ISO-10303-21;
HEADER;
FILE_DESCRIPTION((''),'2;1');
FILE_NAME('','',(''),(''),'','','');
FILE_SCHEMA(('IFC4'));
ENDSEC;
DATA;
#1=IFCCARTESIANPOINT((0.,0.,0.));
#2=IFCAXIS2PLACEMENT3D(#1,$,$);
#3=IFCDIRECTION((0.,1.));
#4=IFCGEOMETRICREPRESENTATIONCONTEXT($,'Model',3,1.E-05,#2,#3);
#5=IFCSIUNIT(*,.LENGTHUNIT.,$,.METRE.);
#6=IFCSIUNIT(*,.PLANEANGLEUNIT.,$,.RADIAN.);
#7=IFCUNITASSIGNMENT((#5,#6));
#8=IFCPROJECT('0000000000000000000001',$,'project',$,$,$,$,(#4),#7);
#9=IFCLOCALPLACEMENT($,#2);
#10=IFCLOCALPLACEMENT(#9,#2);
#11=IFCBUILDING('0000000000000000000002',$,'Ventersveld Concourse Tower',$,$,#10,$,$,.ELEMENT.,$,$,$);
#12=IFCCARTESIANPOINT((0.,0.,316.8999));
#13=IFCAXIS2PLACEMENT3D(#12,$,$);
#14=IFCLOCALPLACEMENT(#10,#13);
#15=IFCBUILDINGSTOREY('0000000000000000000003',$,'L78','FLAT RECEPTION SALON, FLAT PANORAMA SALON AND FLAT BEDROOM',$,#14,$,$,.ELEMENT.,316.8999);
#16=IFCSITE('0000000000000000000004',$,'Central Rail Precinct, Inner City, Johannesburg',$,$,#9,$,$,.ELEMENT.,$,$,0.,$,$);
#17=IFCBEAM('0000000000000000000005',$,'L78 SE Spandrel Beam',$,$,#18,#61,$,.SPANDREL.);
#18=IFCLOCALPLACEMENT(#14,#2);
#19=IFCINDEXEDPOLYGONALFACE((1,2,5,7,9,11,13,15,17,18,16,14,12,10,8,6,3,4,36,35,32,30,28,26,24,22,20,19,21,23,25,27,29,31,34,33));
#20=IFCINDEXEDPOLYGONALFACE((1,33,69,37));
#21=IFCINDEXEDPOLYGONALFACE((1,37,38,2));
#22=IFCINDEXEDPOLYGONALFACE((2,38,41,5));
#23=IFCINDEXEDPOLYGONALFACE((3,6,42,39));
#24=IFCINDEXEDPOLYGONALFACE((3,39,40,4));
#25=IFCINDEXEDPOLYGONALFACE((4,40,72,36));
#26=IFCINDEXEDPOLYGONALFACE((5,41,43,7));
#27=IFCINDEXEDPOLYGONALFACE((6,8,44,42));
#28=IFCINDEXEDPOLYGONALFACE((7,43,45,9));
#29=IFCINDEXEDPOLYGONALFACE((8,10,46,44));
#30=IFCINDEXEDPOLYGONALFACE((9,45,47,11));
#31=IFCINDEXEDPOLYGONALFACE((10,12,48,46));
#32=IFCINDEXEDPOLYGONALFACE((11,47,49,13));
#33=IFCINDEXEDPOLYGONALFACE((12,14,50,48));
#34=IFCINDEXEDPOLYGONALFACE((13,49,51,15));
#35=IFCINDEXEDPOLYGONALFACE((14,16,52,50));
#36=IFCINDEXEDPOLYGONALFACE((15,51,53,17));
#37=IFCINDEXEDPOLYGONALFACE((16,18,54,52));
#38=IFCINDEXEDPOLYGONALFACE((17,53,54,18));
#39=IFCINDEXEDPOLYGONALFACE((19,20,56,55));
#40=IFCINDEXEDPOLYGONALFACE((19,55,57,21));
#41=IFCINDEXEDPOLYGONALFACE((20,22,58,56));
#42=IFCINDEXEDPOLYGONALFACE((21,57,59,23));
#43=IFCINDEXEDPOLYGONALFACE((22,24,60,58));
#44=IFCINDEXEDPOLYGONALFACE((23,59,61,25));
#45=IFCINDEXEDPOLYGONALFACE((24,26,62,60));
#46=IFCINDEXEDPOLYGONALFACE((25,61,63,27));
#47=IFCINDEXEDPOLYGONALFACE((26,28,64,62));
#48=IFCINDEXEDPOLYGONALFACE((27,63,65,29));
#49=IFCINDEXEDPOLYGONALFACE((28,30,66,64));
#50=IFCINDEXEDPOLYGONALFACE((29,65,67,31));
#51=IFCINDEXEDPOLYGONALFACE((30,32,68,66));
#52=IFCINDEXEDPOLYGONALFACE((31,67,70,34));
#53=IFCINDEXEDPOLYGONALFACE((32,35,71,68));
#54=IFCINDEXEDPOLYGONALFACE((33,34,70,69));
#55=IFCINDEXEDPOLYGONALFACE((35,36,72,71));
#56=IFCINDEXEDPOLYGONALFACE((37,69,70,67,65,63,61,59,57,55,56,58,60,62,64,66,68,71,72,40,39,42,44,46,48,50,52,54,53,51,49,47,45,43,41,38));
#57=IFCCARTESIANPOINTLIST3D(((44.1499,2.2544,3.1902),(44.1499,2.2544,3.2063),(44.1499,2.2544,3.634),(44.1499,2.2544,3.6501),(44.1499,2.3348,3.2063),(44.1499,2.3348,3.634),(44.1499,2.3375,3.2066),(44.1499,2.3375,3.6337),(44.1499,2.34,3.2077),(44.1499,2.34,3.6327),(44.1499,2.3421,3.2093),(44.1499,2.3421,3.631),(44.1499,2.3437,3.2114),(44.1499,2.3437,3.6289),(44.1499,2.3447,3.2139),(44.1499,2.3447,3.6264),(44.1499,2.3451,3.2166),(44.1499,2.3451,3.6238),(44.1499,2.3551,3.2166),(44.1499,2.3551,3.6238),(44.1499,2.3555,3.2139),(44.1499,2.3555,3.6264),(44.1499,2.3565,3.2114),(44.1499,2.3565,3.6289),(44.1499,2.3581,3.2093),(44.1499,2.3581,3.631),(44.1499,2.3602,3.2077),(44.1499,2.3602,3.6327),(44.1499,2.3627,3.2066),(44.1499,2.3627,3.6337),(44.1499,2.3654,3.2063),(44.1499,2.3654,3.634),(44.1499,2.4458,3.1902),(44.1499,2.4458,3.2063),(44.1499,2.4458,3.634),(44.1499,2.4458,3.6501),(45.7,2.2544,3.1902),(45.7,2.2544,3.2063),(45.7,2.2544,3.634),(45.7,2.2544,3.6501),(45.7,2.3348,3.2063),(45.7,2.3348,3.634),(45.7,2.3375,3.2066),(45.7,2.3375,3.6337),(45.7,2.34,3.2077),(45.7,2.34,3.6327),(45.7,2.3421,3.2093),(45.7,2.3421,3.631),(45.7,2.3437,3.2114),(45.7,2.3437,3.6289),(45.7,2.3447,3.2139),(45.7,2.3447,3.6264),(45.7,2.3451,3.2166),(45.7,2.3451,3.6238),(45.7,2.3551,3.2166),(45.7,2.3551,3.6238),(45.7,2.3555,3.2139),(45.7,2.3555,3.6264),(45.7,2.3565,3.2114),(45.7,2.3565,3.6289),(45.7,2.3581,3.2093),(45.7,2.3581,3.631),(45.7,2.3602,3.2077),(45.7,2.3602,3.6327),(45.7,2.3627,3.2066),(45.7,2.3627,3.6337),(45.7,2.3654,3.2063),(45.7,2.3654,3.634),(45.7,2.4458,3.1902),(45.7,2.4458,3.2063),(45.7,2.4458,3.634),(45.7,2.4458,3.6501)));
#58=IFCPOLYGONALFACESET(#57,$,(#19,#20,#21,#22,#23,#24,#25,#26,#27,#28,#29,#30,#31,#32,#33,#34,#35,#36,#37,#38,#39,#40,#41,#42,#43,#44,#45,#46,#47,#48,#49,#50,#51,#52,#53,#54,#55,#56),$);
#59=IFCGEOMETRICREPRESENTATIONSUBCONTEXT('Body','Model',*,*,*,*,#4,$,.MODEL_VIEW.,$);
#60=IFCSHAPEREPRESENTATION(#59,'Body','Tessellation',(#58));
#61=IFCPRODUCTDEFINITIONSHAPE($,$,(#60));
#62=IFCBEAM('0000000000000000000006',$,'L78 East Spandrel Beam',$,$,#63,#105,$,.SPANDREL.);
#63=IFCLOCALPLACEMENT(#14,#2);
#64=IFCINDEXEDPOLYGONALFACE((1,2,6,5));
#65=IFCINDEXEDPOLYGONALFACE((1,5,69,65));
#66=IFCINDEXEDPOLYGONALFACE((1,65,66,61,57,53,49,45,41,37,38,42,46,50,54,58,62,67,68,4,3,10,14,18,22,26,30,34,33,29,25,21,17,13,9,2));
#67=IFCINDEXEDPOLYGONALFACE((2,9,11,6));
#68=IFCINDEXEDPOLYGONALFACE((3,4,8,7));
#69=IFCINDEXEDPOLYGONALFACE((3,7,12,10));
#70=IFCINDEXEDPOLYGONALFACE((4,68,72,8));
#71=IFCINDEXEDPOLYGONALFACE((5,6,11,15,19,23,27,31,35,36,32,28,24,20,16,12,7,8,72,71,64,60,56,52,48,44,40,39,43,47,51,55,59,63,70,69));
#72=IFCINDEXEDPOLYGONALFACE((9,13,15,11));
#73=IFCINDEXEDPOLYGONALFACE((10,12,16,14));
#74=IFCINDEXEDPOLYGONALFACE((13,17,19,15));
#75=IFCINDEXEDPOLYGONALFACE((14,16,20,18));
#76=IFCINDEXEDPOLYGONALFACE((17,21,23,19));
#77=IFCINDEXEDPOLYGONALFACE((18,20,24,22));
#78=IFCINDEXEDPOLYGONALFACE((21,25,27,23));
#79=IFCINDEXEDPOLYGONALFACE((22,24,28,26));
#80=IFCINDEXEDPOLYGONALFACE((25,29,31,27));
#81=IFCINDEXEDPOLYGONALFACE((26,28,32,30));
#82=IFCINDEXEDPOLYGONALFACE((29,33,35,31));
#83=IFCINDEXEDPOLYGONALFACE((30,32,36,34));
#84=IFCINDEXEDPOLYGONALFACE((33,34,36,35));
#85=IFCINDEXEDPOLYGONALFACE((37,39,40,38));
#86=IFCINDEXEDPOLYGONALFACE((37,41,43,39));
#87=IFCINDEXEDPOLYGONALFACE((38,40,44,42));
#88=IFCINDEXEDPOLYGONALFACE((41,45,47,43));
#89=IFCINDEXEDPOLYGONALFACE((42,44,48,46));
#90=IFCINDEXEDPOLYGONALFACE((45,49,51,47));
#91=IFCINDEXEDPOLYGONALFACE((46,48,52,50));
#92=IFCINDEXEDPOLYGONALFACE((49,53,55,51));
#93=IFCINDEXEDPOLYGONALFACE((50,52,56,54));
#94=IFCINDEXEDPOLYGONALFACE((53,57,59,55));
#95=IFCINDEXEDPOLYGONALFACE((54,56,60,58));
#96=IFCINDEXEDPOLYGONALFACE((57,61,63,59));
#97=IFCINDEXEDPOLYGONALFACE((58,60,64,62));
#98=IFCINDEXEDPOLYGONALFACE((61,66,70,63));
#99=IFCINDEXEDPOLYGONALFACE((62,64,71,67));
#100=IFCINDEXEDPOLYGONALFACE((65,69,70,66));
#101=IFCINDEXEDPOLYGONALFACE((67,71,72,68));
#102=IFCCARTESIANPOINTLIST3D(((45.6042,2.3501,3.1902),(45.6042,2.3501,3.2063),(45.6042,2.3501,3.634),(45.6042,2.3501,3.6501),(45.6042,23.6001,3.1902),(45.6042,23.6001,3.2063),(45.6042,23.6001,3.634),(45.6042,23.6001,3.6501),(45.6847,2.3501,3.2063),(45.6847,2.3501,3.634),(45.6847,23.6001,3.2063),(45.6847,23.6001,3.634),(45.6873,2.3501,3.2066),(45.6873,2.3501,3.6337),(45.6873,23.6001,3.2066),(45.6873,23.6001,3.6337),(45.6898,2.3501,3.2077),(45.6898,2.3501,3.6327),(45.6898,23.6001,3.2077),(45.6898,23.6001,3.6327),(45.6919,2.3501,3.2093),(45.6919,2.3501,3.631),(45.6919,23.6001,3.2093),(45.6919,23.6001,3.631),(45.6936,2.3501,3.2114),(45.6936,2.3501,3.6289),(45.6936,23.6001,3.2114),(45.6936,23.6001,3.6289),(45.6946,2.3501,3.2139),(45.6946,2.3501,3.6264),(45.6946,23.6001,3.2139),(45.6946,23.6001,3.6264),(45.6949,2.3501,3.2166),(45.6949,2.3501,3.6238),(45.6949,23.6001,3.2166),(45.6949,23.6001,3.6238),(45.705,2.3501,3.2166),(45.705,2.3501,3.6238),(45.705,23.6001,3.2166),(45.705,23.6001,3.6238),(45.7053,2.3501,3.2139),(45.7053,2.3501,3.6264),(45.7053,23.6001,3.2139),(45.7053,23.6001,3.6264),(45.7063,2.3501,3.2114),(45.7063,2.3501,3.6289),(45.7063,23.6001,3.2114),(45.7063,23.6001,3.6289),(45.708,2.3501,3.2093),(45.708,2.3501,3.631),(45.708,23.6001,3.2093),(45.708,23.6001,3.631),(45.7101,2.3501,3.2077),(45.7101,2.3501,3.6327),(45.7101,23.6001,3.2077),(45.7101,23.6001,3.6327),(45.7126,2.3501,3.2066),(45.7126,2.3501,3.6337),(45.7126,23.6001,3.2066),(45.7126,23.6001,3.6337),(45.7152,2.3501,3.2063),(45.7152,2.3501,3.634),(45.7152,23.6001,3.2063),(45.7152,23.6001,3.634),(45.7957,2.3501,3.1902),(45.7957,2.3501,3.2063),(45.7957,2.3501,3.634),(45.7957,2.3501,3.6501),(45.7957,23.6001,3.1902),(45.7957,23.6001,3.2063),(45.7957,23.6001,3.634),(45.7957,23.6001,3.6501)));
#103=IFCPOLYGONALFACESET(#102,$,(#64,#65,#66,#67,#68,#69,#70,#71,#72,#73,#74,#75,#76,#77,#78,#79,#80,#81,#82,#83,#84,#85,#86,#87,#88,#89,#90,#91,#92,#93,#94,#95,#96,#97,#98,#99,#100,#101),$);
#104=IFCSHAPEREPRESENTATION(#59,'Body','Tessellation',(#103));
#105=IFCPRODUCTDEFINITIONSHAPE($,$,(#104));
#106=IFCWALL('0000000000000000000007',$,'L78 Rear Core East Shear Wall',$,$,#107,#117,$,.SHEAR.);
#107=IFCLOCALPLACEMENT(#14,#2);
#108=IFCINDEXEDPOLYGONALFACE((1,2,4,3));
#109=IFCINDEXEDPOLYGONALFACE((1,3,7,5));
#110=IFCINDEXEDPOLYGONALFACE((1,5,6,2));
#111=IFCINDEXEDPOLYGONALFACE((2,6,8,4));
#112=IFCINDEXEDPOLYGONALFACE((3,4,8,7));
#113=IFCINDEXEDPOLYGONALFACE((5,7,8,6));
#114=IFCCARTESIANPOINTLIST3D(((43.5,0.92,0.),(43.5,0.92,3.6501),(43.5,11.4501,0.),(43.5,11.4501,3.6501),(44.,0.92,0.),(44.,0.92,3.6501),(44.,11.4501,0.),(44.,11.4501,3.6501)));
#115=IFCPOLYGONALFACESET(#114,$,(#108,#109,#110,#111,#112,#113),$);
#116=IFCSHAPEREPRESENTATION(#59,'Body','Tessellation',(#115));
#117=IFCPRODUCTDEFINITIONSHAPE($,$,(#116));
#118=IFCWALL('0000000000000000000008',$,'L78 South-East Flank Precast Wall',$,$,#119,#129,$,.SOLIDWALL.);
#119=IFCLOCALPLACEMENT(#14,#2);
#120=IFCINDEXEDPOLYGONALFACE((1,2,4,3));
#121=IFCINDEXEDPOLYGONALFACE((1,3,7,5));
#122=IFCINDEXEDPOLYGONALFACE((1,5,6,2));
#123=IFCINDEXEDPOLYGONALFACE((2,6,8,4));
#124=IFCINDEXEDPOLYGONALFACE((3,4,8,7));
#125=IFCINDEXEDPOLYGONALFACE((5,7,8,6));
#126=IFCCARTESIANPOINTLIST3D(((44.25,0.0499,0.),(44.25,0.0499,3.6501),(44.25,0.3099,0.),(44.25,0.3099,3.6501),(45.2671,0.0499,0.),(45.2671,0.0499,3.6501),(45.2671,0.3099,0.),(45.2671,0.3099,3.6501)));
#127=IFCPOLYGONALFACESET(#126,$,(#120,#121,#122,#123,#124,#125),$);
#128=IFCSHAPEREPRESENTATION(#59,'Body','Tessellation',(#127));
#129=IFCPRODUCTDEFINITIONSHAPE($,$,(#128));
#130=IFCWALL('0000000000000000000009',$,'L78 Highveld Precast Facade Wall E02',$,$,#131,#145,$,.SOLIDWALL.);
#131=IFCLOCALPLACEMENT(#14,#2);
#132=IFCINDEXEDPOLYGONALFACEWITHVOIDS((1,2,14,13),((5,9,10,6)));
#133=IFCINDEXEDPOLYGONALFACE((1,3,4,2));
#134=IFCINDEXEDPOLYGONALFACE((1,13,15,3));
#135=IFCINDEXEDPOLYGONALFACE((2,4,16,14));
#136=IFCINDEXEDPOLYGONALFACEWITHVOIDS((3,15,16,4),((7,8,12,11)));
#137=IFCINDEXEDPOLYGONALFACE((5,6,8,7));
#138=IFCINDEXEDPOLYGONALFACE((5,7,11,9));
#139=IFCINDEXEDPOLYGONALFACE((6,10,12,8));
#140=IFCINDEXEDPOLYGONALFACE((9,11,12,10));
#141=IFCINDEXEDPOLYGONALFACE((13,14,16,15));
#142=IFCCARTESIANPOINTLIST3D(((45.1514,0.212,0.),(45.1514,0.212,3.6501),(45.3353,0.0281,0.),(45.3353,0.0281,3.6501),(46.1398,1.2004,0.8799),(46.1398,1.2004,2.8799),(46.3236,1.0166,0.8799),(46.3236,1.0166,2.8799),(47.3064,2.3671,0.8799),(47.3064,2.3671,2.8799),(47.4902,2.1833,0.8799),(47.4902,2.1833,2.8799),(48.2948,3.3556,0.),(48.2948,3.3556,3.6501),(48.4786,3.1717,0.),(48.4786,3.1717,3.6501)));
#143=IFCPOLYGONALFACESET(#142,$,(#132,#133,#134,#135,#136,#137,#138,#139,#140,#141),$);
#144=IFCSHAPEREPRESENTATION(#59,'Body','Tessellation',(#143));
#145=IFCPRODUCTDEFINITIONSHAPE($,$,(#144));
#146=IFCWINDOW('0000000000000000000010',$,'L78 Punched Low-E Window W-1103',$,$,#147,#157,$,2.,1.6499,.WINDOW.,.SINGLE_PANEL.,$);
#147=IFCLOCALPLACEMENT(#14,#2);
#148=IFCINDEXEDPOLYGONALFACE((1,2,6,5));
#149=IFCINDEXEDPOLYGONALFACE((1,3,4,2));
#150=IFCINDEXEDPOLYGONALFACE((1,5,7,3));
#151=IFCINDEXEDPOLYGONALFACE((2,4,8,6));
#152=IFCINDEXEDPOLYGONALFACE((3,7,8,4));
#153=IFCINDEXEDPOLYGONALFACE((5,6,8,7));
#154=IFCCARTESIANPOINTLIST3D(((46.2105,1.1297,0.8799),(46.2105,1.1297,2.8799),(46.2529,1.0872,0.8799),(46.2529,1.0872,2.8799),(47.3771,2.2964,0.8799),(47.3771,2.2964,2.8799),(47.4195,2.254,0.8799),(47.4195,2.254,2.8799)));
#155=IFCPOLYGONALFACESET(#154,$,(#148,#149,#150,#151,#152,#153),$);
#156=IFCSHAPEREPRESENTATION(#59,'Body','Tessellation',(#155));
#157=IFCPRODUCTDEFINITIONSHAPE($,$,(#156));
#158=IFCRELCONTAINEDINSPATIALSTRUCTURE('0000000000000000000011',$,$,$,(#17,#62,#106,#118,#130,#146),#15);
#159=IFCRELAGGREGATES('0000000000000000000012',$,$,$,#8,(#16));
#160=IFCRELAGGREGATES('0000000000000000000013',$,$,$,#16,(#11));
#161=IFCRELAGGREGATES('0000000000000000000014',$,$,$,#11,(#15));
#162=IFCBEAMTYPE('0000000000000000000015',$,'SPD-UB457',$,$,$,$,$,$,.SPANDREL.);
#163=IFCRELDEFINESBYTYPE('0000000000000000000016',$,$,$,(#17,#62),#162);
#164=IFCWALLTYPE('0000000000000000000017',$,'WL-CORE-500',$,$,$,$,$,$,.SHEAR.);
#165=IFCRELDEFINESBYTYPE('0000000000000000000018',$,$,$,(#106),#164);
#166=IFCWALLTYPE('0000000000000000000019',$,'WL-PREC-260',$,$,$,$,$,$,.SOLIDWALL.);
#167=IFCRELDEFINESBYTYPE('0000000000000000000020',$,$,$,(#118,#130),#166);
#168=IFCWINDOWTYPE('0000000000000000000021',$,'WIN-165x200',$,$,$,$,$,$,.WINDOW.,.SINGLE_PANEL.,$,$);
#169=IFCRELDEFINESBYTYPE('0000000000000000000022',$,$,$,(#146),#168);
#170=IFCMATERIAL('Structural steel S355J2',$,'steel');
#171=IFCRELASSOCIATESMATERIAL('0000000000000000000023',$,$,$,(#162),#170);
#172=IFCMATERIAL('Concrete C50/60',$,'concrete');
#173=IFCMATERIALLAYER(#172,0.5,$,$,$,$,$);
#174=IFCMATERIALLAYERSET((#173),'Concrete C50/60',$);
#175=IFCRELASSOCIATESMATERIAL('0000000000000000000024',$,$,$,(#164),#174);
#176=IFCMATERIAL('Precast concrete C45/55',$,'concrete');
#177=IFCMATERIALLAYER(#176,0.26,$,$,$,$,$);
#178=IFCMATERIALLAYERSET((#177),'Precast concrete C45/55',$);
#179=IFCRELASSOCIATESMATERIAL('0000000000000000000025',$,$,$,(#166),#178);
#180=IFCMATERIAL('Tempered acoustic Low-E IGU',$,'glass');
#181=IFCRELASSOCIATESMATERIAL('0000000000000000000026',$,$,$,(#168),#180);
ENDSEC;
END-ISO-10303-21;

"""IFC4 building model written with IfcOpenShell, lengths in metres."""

from ifc_helpers import new_model, si_unit, direction, frame, frame_2d, origin, origin_2d, place, context, subcontext, project, spatial, rectangle, i_section, extrude, material, layer, layer_set, material_profile, profile_set, type_object, element, fill, save


model = new_model("IFC4")

# Units and contexts
model_context = context("Model", 3, precision=1e-05, world=origin(), true_north=direction((0.0, 1.0)))
body_context = subcontext(model_context, "Body", "Model", "MODEL_VIEW")
ifc_project = project(units=[si_unit("LENGTHUNIT", "METRE"), si_unit("PLANEANGLEUNIT", "RADIAN")], contexts=[model_context])

# Site, building, storey
site_placement = place(None, origin())
site = spatial("IfcSite", under=ifc_project, at=site_placement, Name="Central Rail Precinct, Inner City, Johannesburg", CompositionType="ELEMENT", RefElevation=0.0)
building_placement = place(site_placement, origin())
building = spatial("IfcBuilding", under=site, at=building_placement, Name="Ventersveld Concourse Tower", CompositionType="ELEMENT")
storey_placement = place(building_placement, frame((0.0, 0.0, 316.8999)))
storey = spatial("IfcBuildingStorey", under=building, at=storey_placement, Name="L78", Description="FLAT RECEPTION SALON, FLAT PANORAMA SALON AND FLAT BEDROOM", CompositionType="ELEMENT", Elevation=316.8999)

# Shared definitions
ifc_material_1 = material(Name="Concrete C50/60", Category="concrete")

# Shared definitions
ifc_material_2 = material(Name="Structural steel S355J2", Category="steel")

# Beams
ifc_material_profile_1 = material_profile(ifc_material_2, i_section(OverallWidth=0.1914, OverallDepth=0.46, WebThickness=0.01, FlangeThickness=0.0161, FilletRadius=0.0103, at=origin_2d()), Name="UB 457x191x82")
ifc_profile_set_1 = profile_set([ifc_material_profile_1], Name="Structural steel S355J2")
beam_type_1 = type_object("IfcBeamType", Name="SPD-UB457", PredefinedType="SPANDREL", material=ifc_profile_set_1)
beam_1_placement = place(storey_placement, frame((44.1499, 2.3501, 3.4202), z_axis=(1.0, 0.0, 0.0), x_axis=(0.0, 1.0, 0.0)))
element("IfcBeam", 1, at=beam_1_placement, inside=storey, type_object=beam_type_1, Name="L78 SE Spandrel Beam", PredefinedType="SPANDREL", context=body_context, shape_type="SweptSolid", body=[
    extrude(i_section(OverallWidth=0.1914, OverallDepth=0.46, WebThickness=0.01, FlangeThickness=0.0161, FilletRadius=0.0103, at=origin_2d()), origin(), (0.0, 0.0, 1.0), 1.55),
])
beam_2_placement = place(storey_placement, frame((45.7, 2.3501, 3.4202), z_axis=(0.0, 1.0, 0.0), x_axis=(-1.0, 0.0, 0.0)))
element("IfcBeam", 2, at=beam_2_placement, inside=storey, type_object=beam_type_1, Name="L78 East Spandrel Beam", PredefinedType="SPANDREL", context=body_context, shape_type="SweptSolid", body=[
    extrude(i_section(OverallWidth=0.1914, OverallDepth=0.46, WebThickness=0.01, FlangeThickness=0.0161, FilletRadius=0.0103, at=origin_2d()), origin(), (0.0, 0.0, 1.0), 21.25),
])

# Walls
ifc_layer_1 = layer(ifc_material_1, 0.5)
ifc_layer_set_1 = layer_set([ifc_layer_1], Name="Concrete C50/60")
wall_type_1 = type_object("IfcWallType", Name="WL-CORE-500", PredefinedType="SHEAR", material=ifc_layer_set_1)
wall_1_placement = place(storey_placement, frame((43.75, 0.9199, 0.0), z_axis=(0.0, 0.0, 1.0), x_axis=(0.0, 1.0, 0.0)))
element("IfcWall", 3, at=wall_1_placement, inside=storey, type_object=wall_type_1, Name="L78 Rear Core East Shear Wall", PredefinedType="SHEAR", context=body_context, shape_type="SweptSolid", body=[
    extrude(rectangle(XDim=10.53, YDim=0.5, at=frame_2d((5.2651, 0.0))), origin(), (0.0, 0.0, 1.0), 3.6501),
])
ifc_material_3 = material(Name="Precast concrete C45/55", Category="concrete")
ifc_layer_2 = layer(ifc_material_3, 0.26)
ifc_layer_set_2 = layer_set([ifc_layer_2], Name="Precast concrete C45/55")
wall_type_2 = type_object("IfcWallType", Name="WL-PREC-260", PredefinedType="SOLIDWALL", material=ifc_layer_set_2)
wall_2_placement = place(storey_placement, frame((44.25, 0.1799, 0.0), z_axis=(0.0, 0.0, 1.0), x_axis=(1.0, 0.0, 0.0)))
element("IfcWall", 4, at=wall_2_placement, inside=storey, type_object=wall_type_2, Name="L78 South-East Flank Precast Wall", PredefinedType="SOLIDWALL", context=body_context, shape_type="SweptSolid", body=[
    extrude(rectangle(XDim=1.0171, YDim=0.26, at=frame_2d((0.5085, 0.0))), origin(), (0.0, 0.0, 1.0), 3.6501),
])

# Wall, opening, window
wall_3_placement = place(storey_placement, frame((45.2434, 0.1201, 0.0), z_axis=(0.0, 0.0, 1.0), x_axis=(0.707079, 0.707134, 0.0)))
wall_3 = element("IfcWall", 5, at=wall_3_placement, inside=storey, type_object=wall_type_2, Name="L78 Highveld Precast Facade Wall E02", PredefinedType="SOLIDWALL", context=body_context, shape_type="SweptSolid", body=[
    extrude(rectangle(XDim=4.4456, YDim=0.26, at=frame_2d((2.2227, 0.0))), origin(), (0.0, 0.0, 1.0), 3.6501),
])
opening_1_placement = place(wall_3_placement, frame((1.3977, 0.0, 0.8799)))
opening_1 = element("IfcOpeningElement", 6, at=opening_1_placement, cuts=wall_3, PredefinedType="OPENING", context=body_context, shape_type="SweptSolid", body=[
    extrude(rectangle(XDim=1.6499, YDim=2.0, at=frame_2d((0.825, 1.0))), frame((0.0, 0.1401, 0.0), z_axis=(0.0, -1.0, 0.0), x_axis=(1.0, 0.0, 0.0)), (0.0, 0.0, 1.0), 0.28),
])
ifc_material_4 = material(Name="Tempered acoustic Low-E IGU", Category="glass")
window_type = type_object("IfcWindowType", Name="WIN-165x200", PartitioningType="SINGLE_PANEL", PredefinedType="WINDOW", material=ifc_material_4)
window_1_placement = place(opening_1_placement, origin())
window_1 = element("IfcWindow", 7, at=window_1_placement, inside=storey, type_object=window_type, Name="L78 Punched Low-E Window W-1103", OverallHeight=2.0, OverallWidth=1.6499, PartitioningType="SINGLE_PANEL", PredefinedType="WINDOW", context=body_context, shape_type="SweptSolid", body=[
    extrude(rectangle(XDim=1.6499, YDim=2.0, at=frame_2d((0.825, 1.0))), frame((0.0, 0.03, 0.0), z_axis=(0.0, -1.0, 0.0), x_axis=(1.0, 0.0, 0.0)), (0.0, 0.0, 1.0), 0.0601),
])
fill(opening_1, window_1)

save(model, "model.ifc")
